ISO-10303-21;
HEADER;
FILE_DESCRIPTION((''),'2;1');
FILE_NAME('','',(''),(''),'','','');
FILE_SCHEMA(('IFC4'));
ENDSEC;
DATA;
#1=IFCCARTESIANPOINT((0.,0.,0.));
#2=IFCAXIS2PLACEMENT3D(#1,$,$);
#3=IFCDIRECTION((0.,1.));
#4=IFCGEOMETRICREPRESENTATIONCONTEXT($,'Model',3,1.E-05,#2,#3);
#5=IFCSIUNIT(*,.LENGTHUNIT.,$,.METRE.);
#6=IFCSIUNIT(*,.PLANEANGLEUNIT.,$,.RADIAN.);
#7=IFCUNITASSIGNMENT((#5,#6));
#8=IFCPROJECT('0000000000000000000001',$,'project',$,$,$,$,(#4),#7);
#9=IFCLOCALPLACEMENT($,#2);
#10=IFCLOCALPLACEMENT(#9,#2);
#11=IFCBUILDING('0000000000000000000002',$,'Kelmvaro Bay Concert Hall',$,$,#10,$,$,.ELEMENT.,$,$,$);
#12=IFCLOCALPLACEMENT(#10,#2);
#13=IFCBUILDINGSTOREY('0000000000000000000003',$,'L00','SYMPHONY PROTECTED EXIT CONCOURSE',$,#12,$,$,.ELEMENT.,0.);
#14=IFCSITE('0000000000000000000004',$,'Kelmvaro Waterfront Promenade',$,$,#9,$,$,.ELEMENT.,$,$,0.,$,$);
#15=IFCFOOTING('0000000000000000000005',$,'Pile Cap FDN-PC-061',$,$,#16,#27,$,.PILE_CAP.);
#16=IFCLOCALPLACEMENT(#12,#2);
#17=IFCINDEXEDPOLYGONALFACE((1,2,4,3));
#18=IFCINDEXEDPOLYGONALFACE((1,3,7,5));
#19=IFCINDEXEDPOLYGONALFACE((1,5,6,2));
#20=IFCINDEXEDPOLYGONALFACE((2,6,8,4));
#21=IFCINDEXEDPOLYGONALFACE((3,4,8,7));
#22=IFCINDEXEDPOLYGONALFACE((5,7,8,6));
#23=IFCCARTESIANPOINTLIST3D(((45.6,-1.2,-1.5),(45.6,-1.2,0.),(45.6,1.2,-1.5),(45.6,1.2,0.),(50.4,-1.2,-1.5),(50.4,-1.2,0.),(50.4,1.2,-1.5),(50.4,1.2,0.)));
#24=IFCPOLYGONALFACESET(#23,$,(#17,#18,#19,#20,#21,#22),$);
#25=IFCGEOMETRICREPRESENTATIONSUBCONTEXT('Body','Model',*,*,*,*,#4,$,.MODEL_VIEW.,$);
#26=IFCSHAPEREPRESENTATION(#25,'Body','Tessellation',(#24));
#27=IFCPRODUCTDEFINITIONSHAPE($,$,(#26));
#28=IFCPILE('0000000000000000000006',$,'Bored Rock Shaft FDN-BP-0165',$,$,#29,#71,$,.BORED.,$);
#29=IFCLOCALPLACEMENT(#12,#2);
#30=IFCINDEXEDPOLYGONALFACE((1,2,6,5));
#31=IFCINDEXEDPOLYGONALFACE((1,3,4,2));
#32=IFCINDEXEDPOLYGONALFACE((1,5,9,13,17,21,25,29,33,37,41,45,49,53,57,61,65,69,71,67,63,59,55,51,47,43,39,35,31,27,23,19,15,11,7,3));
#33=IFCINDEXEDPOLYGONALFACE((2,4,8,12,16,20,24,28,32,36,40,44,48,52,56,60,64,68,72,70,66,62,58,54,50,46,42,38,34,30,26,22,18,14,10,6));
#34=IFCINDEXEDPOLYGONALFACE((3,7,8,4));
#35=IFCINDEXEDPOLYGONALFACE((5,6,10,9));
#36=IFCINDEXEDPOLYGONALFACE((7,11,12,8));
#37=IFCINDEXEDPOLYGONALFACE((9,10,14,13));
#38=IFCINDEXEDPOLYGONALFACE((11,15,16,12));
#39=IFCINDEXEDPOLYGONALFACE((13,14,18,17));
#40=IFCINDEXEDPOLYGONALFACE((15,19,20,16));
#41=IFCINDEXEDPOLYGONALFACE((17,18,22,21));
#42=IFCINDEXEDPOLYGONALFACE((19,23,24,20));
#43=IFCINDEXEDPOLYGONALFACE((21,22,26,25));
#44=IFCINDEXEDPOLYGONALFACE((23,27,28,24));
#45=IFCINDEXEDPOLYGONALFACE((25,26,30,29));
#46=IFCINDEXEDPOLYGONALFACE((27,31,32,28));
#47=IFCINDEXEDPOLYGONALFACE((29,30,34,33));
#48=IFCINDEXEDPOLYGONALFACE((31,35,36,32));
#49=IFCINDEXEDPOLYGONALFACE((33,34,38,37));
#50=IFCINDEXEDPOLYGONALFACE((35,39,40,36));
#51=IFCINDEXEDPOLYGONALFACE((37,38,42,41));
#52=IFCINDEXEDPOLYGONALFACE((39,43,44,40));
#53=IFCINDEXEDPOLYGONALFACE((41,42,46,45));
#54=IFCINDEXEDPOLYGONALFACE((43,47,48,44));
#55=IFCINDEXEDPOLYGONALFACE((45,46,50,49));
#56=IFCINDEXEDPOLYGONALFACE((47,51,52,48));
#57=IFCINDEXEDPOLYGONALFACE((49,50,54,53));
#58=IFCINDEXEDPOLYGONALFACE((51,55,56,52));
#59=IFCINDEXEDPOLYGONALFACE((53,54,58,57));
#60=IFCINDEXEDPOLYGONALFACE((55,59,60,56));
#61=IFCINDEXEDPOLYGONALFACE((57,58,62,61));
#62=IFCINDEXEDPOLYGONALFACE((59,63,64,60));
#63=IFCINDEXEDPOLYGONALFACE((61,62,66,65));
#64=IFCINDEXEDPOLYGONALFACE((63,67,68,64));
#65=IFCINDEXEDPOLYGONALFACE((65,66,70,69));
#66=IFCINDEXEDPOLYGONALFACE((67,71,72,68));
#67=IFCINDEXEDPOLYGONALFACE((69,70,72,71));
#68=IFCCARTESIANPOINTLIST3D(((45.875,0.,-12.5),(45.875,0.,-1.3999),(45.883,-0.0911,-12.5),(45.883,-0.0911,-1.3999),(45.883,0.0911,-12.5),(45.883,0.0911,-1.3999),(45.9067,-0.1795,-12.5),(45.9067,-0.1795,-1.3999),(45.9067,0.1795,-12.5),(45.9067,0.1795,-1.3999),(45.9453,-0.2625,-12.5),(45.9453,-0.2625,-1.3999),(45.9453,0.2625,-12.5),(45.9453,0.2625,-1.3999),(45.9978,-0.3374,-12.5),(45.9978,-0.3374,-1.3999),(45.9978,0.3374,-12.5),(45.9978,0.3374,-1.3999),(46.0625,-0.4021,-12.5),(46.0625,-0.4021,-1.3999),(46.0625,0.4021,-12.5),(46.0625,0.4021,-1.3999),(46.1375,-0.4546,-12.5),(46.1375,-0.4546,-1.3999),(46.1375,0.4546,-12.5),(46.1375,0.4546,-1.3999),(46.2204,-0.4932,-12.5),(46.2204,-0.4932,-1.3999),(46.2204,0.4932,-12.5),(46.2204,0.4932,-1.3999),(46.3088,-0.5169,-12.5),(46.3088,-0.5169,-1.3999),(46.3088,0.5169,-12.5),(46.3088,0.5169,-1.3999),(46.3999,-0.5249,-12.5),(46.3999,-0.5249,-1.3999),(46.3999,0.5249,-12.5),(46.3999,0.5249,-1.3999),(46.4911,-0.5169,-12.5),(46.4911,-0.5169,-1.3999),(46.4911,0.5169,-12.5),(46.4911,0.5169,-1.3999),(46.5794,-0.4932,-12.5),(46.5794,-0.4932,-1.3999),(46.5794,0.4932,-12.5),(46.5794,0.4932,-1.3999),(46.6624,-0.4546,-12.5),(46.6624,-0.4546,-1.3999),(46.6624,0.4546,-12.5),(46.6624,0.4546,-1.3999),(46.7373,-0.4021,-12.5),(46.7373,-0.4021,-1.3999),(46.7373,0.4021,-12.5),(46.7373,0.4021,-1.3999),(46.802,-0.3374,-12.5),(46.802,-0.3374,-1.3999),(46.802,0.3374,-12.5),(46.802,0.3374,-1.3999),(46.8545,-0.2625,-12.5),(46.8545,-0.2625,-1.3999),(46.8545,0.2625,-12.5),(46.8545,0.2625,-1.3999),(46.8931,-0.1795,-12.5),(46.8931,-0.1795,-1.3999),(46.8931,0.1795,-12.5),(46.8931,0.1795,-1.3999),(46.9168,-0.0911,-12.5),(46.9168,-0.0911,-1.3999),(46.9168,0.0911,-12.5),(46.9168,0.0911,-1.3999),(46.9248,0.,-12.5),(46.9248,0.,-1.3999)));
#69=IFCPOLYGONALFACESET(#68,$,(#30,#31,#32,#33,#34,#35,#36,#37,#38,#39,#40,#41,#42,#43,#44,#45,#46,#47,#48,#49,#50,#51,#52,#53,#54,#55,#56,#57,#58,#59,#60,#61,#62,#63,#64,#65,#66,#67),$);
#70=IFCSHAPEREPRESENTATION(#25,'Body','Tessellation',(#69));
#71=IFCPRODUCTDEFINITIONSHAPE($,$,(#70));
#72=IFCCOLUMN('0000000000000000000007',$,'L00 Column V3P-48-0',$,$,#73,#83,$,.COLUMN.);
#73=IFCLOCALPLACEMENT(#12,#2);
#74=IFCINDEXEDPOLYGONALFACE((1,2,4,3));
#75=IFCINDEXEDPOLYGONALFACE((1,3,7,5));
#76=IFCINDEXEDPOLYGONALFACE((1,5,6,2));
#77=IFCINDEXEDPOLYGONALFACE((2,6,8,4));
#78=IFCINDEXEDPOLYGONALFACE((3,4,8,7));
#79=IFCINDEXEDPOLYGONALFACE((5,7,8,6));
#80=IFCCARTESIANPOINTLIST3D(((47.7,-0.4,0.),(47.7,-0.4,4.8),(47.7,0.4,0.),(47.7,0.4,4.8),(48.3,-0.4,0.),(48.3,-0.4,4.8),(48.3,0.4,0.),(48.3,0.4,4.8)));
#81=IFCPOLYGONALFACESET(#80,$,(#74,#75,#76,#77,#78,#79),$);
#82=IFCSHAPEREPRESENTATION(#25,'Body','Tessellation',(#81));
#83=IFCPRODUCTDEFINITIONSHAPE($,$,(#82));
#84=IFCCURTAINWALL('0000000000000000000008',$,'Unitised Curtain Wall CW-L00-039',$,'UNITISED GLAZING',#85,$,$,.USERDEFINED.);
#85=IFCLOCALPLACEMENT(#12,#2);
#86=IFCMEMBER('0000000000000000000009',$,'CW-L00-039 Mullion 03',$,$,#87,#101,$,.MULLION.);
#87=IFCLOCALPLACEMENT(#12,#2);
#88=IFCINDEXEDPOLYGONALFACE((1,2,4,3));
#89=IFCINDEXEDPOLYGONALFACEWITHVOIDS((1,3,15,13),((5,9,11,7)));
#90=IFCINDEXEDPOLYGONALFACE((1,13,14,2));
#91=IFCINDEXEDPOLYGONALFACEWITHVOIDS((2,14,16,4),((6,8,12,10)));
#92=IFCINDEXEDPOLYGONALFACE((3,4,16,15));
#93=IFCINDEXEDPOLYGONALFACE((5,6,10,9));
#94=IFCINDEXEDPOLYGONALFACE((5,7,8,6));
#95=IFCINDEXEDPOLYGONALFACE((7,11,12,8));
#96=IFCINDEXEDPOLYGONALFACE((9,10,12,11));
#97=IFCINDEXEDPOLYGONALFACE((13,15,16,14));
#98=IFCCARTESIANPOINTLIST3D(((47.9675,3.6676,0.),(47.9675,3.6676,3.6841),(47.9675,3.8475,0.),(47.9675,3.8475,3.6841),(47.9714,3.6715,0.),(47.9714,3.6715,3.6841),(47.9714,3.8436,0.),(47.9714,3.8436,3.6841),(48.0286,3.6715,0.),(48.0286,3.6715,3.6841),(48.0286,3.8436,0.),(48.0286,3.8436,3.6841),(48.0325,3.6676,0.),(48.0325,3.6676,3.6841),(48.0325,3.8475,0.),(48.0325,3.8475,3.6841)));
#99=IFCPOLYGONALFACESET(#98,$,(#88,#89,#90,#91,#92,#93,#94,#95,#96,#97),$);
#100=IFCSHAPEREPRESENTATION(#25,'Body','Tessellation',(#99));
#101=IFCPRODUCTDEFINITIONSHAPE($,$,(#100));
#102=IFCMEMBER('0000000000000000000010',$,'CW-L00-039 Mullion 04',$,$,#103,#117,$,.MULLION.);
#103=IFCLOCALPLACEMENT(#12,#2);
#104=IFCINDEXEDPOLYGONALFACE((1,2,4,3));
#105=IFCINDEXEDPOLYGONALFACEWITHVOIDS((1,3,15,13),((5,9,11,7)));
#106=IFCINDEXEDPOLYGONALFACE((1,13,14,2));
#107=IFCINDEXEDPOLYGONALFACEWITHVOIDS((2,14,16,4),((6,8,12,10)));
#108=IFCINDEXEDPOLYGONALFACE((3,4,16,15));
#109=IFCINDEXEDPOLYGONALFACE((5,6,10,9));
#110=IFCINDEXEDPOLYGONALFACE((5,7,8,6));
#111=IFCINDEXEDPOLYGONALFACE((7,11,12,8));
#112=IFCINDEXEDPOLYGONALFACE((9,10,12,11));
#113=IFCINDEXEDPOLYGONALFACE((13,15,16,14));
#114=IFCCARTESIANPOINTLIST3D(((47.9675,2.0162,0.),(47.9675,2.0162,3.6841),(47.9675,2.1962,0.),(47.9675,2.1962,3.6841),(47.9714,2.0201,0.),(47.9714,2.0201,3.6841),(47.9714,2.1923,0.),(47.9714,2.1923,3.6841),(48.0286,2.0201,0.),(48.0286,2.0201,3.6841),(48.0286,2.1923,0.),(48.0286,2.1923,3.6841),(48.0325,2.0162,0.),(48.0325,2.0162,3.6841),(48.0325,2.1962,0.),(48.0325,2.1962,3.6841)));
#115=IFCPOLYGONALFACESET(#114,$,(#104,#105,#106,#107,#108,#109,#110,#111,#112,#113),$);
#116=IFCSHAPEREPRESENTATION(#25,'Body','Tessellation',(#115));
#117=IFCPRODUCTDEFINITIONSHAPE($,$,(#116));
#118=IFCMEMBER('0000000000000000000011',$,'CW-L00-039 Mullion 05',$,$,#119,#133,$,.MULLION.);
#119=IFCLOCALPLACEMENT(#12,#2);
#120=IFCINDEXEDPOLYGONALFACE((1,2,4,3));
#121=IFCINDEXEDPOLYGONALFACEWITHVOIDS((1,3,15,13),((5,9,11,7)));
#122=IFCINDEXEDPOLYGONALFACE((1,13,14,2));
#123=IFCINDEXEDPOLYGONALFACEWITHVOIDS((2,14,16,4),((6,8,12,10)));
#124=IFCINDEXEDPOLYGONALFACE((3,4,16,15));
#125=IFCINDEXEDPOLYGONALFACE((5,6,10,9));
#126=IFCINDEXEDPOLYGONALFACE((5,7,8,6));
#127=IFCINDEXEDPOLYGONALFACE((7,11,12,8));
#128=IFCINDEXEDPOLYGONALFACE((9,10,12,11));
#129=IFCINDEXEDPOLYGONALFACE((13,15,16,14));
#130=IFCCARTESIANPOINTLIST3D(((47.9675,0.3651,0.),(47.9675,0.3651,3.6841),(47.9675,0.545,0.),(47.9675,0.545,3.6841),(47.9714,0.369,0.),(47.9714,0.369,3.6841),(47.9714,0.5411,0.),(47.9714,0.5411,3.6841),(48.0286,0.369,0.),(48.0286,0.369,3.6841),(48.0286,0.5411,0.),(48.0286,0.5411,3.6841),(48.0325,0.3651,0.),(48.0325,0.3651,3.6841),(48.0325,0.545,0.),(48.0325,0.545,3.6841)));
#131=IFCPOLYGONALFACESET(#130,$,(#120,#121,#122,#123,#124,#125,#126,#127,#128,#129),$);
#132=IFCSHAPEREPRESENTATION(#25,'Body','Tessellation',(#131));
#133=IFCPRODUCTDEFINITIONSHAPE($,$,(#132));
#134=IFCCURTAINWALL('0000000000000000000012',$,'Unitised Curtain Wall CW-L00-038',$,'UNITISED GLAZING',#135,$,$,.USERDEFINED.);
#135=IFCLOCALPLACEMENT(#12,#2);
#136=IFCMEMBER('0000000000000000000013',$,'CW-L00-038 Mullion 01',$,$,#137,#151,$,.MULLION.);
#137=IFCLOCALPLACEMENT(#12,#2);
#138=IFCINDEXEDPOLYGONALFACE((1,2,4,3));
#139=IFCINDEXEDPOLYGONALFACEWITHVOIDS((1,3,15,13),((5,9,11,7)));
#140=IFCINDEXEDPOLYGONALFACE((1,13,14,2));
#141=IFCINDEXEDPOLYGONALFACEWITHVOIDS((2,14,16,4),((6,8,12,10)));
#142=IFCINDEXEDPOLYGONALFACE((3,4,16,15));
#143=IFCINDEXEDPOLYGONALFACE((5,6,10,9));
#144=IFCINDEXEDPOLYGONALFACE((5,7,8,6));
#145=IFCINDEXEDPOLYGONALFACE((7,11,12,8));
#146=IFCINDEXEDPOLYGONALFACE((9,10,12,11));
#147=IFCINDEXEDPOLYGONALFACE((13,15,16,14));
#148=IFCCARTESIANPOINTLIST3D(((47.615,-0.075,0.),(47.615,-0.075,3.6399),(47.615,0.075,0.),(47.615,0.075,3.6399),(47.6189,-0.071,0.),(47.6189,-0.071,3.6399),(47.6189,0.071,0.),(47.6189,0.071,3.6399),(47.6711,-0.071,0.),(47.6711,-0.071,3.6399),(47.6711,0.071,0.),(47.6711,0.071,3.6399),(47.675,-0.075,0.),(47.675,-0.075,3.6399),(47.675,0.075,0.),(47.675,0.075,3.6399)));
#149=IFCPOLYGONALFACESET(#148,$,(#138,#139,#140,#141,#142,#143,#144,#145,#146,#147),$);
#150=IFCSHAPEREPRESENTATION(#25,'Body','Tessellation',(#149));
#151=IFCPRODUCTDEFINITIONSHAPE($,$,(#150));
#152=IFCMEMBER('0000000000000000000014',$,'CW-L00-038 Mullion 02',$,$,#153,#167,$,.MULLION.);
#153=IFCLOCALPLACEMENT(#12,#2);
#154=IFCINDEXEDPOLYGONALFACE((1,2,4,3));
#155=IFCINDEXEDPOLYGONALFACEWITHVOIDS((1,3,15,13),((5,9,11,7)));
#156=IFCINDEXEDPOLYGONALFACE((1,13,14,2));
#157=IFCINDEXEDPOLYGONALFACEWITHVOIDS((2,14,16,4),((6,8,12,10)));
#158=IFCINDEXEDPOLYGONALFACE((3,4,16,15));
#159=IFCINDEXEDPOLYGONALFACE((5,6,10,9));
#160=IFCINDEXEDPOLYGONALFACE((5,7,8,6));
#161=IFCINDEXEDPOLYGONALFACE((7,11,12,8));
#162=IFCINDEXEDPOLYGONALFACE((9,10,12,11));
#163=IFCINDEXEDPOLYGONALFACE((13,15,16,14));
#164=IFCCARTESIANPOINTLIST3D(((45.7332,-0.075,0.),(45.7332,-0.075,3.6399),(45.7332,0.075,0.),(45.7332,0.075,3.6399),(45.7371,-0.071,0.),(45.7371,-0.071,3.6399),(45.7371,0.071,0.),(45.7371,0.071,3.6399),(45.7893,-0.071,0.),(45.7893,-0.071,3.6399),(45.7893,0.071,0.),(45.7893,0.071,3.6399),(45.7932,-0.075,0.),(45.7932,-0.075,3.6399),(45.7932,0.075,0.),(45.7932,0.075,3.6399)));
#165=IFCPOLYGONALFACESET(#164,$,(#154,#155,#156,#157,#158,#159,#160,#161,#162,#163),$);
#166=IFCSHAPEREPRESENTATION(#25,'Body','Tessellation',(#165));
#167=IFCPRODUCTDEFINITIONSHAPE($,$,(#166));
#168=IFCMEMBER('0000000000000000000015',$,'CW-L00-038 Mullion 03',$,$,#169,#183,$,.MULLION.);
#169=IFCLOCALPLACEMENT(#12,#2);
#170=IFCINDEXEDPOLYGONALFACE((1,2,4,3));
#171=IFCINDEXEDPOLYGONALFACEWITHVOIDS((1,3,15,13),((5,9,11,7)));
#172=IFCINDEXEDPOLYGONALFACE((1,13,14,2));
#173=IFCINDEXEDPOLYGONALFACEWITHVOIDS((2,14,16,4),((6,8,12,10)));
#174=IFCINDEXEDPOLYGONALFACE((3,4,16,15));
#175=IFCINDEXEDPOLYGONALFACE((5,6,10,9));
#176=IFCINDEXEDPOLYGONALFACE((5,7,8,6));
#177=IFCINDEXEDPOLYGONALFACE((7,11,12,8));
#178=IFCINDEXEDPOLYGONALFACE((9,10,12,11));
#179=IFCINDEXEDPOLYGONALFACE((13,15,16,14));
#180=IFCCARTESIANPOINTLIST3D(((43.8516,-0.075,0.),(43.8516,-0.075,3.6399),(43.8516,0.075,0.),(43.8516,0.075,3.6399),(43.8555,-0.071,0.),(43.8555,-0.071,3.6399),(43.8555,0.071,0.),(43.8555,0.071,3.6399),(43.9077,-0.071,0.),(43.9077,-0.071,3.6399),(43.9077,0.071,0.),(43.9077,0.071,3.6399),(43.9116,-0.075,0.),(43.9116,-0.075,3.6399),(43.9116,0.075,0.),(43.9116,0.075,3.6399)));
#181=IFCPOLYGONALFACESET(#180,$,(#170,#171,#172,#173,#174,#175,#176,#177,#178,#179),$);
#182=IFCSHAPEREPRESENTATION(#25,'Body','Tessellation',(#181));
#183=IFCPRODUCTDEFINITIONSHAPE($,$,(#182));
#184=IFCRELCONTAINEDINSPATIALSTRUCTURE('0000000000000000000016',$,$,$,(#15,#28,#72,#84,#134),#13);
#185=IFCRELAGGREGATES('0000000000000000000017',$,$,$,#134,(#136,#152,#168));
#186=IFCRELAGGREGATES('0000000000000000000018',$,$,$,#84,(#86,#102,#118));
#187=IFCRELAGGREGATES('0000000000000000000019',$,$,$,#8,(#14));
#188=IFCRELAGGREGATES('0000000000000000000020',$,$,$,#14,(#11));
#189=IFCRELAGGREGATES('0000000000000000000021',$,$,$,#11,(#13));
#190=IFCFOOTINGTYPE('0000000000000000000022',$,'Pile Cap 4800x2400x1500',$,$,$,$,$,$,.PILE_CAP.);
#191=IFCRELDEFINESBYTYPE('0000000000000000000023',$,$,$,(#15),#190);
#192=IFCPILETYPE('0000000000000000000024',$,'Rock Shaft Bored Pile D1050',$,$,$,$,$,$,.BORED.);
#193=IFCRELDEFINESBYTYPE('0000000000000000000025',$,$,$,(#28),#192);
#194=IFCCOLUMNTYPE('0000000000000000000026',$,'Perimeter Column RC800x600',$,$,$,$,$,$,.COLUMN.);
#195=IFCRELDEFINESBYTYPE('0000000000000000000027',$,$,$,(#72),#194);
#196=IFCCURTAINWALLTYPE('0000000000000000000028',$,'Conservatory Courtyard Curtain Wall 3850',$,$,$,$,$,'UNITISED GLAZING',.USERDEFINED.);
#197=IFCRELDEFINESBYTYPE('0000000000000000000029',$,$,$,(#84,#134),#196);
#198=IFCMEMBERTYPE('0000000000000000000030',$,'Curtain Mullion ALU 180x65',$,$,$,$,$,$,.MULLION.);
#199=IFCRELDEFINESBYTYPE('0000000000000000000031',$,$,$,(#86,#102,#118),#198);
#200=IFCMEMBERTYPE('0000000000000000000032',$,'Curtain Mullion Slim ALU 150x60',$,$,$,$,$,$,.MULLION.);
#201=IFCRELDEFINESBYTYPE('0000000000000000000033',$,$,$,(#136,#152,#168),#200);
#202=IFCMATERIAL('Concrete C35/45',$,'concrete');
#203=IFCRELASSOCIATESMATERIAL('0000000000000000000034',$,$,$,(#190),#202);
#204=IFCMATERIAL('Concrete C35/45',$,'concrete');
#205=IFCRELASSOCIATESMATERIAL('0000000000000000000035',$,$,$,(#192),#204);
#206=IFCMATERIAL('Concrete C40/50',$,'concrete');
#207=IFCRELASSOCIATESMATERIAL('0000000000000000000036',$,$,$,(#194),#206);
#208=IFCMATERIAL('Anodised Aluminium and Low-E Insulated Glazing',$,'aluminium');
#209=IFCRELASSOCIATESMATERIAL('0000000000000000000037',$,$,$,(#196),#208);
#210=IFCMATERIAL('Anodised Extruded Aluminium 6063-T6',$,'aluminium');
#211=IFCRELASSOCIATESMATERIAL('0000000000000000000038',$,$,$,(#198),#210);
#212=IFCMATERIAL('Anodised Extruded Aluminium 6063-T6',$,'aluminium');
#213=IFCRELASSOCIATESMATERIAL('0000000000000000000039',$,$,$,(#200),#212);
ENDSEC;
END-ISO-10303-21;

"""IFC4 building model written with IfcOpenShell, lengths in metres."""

from ifc_helpers import new_model, si_unit, direction, frame, origin, origin_2d, place, context, subcontext, project, spatial, rectangle, hollow_rectangle, circle, extrude, material, material_profile, profile_set, type_object, element, aggregate, save


model = new_model("IFC4")

# Units and contexts
model_context = context("Model", 3, precision=1e-05, world=origin(), true_north=direction((0.0, 1.0)))
body_context = subcontext(model_context, "Body", "Model", "MODEL_VIEW")
ifc_project = project(units=[si_unit("LENGTHUNIT", "METRE"), si_unit("PLANEANGLEUNIT", "RADIAN")], contexts=[model_context])

# Site, building, storey
site_placement = place(None, origin())
site = spatial("IfcSite", under=ifc_project, at=site_placement, Name="Kelmvaro Waterfront Promenade", CompositionType="ELEMENT", RefElevation=0.0)
building_placement = place(site_placement, origin())
building = spatial("IfcBuilding", under=site, at=building_placement, Name="Kelmvaro Bay Concert Hall", CompositionType="ELEMENT")
storey_placement = place(building_placement, origin())
storey = spatial("IfcBuildingStorey", under=building, at=storey_placement, Name="L00", Description="SYMPHONY PROTECTED EXIT CONCOURSE", CompositionType="ELEMENT", Elevation=0.0)

# Footing
ifc_material_1 = material(Name="Concrete C35/45", Category="concrete")
footing_type = type_object("IfcFootingType", Name="Pile Cap 4800x2400x1500", PredefinedType="PILE_CAP", material=ifc_material_1)
footing_placement = place(storey_placement, frame((48.0, 0.0, -1.5), z_axis=(0.0, 0.0, 1.0), x_axis=(1.0, 0.0, 0.0)))
element("IfcFooting", 1, at=footing_placement, inside=storey, type_object=footing_type, Name="Pile Cap FDN-PC-061", PredefinedType="PILE_CAP", context=body_context, shape_type="SweptSolid", body=[
    extrude(rectangle(XDim=4.8, YDim=2.3999, at=origin_2d()), origin(), (0.0, 0.0, 1.0), 1.5),
])

# Pile
ifc_material_2 = material(Name="Concrete C35/45", Category="concrete")
ifc_material_profile_1 = material_profile(ifc_material_2, circle(Radius=0.5249, at=origin_2d()), Name="PILE-BORED-1050")
ifc_profile_set_1 = profile_set([ifc_material_profile_1], Name="Concrete C35/45")
pile_type = type_object("IfcPileType", Name="Rock Shaft Bored Pile D1050", PredefinedType="BORED", material=ifc_profile_set_1)
pile_placement = place(storey_placement, frame((46.3999, 0.0, -1.3999), z_axis=(0.0, 0.0, -1.0), x_axis=(1.0, 0.0, 0.0)))
element("IfcPile", 2, at=pile_placement, inside=storey, type_object=pile_type, Name="Bored Rock Shaft FDN-BP-0165", PredefinedType="BORED", context=body_context, shape_type="SweptSolid", body=[
    extrude(circle(Radius=0.5249, at=origin_2d()), origin(), (0.0, 0.0, 1.0), 11.1001),
])

# Column
ifc_material_3 = material(Name="Concrete C40/50", Category="concrete")
ifc_material_profile_2 = material_profile(ifc_material_3, rectangle(XDim=0.6001, YDim=0.8, at=origin_2d()), Name="RC-COL-800X600")
ifc_profile_set_2 = profile_set([ifc_material_profile_2], Name="Concrete C40/50")
column_type = type_object("IfcColumnType", Name="Perimeter Column RC800x600", PredefinedType="COLUMN", material=ifc_profile_set_2)
column_placement = place(storey_placement, frame((48.0, 0.0, 0.0), z_axis=(0.0, 0.0, 1.0), x_axis=(1.0, 0.0, 0.0)))
element("IfcColumn", 3, at=column_placement, inside=storey, type_object=column_type, Name="L00 Column V3P-48-0", PredefinedType="COLUMN", context=body_context, shape_type="SweptSolid", body=[
    extrude(rectangle(XDim=0.6001, YDim=0.8, at=origin_2d()), origin(), (0.0, 0.0, 1.0), 4.8),
])

# Curtain wall, members
ifc_material_4 = material(Name="Anodised Aluminium and Low-E Insulated Glazing", Category="aluminium")
curtain_wall_type = type_object("IfcCurtainWallType", Name="Conservatory Courtyard Curtain Wall 3850", ElementType="UNITISED GLAZING", PredefinedType="USERDEFINED", material=ifc_material_4)
curtain_wall_1_placement = place(storey_placement, origin())
curtain_wall_1 = element("IfcCurtainWall", 4, at=curtain_wall_1_placement, inside=storey, type_object=curtain_wall_type, Name="Unitised Curtain Wall CW-L00-039", ObjectType="UNITISED GLAZING", PredefinedType="USERDEFINED")
ifc_material_5 = material(Name="Anodised Extruded Aluminium 6063-T6", Category="aluminium")
ifc_material_profile_3 = material_profile(ifc_material_5, hollow_rectangle(XDim=0.0649, YDim=0.1799, WallThickness=0.0039, at=origin_2d()), Name="ALU-MUL-180X65")
ifc_profile_set_3 = profile_set([ifc_material_profile_3], Name="Anodised Extruded Aluminium 6063-T6")
member_type_1 = type_object("IfcMemberType", Name="Curtain Mullion ALU 180x65", PredefinedType="MULLION", material=ifc_profile_set_3)
member_1_placement = place(storey_placement, frame((48.0, 3.7576, 0.0), z_axis=(0.0, 0.0, 1.0), x_axis=(1.0, 0.0, 0.0)))
member_1 = element("IfcMember", 5, at=member_1_placement, type_object=member_type_1, Name="CW-L00-039 Mullion 03", PredefinedType="MULLION", context=body_context, shape_type="SweptSolid", body=[
    extrude(hollow_rectangle(XDim=0.0649, YDim=0.1799, WallThickness=0.0039, at=origin_2d()), origin(), (0.0, 0.0, 1.0), 3.6841),
])
member_2_placement = place(storey_placement, frame((48.0, 2.1062, 0.0), z_axis=(0.0, 0.0, 1.0), x_axis=(1.0, 0.0, 0.0)))
member_2 = element("IfcMember", 6, at=member_2_placement, type_object=member_type_1, Name="CW-L00-039 Mullion 04", PredefinedType="MULLION", context=body_context, shape_type="SweptSolid", body=[
    extrude(hollow_rectangle(XDim=0.0649, YDim=0.1799, WallThickness=0.0039, at=origin_2d()), origin(), (0.0, 0.0, 1.0), 3.6841),
])
member_3_placement = place(storey_placement, frame((48.0, 0.4551, 0.0), z_axis=(0.0, 0.0, 1.0), x_axis=(1.0, 0.0, 0.0)))
member_3 = element("IfcMember", 7, at=member_3_placement, type_object=member_type_1, Name="CW-L00-039 Mullion 05", PredefinedType="MULLION", context=body_context, shape_type="SweptSolid", body=[
    extrude(hollow_rectangle(XDim=0.0649, YDim=0.1799, WallThickness=0.0039, at=origin_2d()), origin(), (0.0, 0.0, 1.0), 3.6841),
])

# Curtain wall, members
curtain_wall_2_placement = place(storey_placement, origin())
curtain_wall_2 = element("IfcCurtainWall", 8, at=curtain_wall_2_placement, inside=storey, type_object=curtain_wall_type, Name="Unitised Curtain Wall CW-L00-038", ObjectType="UNITISED GLAZING", PredefinedType="USERDEFINED")
ifc_material_6 = material(Name="Anodised Extruded Aluminium 6063-T6", Category="aluminium")
ifc_material_profile_4 = material_profile(ifc_material_6, hollow_rectangle(XDim=0.0601, YDim=0.1499, WallThickness=0.0039, at=origin_2d()), Name="ALU-MUL-150X60")
ifc_profile_set_4 = profile_set([ifc_material_profile_4], Name="Anodised Extruded Aluminium 6063-T6")
member_type_2 = type_object("IfcMemberType", Name="Curtain Mullion Slim ALU 150x60", PredefinedType="MULLION", material=ifc_profile_set_4)
member_4_placement = place(storey_placement, frame((47.645, 0.0, 0.0), z_axis=(0.0, 0.0, 1.0), x_axis=(1.0, 0.0, 0.0)))
member_4 = element("IfcMember", 9, at=member_4_placement, type_object=member_type_2, Name="CW-L00-038 Mullion 01", PredefinedType="MULLION", context=body_context, shape_type="SweptSolid", body=[
    extrude(hollow_rectangle(XDim=0.0601, YDim=0.1499, WallThickness=0.0039, at=origin_2d()), origin(), (0.0, 0.0, 1.0), 3.6399),
])
member_5_placement = place(storey_placement, frame((45.7632, 0.0, 0.0), z_axis=(0.0, 0.0, 1.0), x_axis=(1.0, 0.0, 0.0)))
member_5 = element("IfcMember", 10, at=member_5_placement, type_object=member_type_2, Name="CW-L00-038 Mullion 02", PredefinedType="MULLION", context=body_context, shape_type="SweptSolid", body=[
    extrude(hollow_rectangle(XDim=0.0601, YDim=0.1499, WallThickness=0.0039, at=origin_2d()), origin(), (0.0, 0.0, 1.0), 3.6399),
])
member_6_placement = place(storey_placement, frame((43.8816, 0.0, 0.0), z_axis=(0.0, 0.0, 1.0), x_axis=(1.0, 0.0, 0.0)))
member_6 = element("IfcMember", 11, at=member_6_placement, type_object=member_type_2, Name="CW-L00-038 Mullion 03", PredefinedType="MULLION", context=body_context, shape_type="SweptSolid", body=[
    extrude(hollow_rectangle(XDim=0.0601, YDim=0.1499, WallThickness=0.0039, at=origin_2d()), origin(), (0.0, 0.0, 1.0), 3.6399),
])
aggregate(curtain_wall_2, [member_4, member_5, member_6])

aggregate(curtain_wall_1, [member_1, member_2, member_3])

save(model, "model.ifc")
